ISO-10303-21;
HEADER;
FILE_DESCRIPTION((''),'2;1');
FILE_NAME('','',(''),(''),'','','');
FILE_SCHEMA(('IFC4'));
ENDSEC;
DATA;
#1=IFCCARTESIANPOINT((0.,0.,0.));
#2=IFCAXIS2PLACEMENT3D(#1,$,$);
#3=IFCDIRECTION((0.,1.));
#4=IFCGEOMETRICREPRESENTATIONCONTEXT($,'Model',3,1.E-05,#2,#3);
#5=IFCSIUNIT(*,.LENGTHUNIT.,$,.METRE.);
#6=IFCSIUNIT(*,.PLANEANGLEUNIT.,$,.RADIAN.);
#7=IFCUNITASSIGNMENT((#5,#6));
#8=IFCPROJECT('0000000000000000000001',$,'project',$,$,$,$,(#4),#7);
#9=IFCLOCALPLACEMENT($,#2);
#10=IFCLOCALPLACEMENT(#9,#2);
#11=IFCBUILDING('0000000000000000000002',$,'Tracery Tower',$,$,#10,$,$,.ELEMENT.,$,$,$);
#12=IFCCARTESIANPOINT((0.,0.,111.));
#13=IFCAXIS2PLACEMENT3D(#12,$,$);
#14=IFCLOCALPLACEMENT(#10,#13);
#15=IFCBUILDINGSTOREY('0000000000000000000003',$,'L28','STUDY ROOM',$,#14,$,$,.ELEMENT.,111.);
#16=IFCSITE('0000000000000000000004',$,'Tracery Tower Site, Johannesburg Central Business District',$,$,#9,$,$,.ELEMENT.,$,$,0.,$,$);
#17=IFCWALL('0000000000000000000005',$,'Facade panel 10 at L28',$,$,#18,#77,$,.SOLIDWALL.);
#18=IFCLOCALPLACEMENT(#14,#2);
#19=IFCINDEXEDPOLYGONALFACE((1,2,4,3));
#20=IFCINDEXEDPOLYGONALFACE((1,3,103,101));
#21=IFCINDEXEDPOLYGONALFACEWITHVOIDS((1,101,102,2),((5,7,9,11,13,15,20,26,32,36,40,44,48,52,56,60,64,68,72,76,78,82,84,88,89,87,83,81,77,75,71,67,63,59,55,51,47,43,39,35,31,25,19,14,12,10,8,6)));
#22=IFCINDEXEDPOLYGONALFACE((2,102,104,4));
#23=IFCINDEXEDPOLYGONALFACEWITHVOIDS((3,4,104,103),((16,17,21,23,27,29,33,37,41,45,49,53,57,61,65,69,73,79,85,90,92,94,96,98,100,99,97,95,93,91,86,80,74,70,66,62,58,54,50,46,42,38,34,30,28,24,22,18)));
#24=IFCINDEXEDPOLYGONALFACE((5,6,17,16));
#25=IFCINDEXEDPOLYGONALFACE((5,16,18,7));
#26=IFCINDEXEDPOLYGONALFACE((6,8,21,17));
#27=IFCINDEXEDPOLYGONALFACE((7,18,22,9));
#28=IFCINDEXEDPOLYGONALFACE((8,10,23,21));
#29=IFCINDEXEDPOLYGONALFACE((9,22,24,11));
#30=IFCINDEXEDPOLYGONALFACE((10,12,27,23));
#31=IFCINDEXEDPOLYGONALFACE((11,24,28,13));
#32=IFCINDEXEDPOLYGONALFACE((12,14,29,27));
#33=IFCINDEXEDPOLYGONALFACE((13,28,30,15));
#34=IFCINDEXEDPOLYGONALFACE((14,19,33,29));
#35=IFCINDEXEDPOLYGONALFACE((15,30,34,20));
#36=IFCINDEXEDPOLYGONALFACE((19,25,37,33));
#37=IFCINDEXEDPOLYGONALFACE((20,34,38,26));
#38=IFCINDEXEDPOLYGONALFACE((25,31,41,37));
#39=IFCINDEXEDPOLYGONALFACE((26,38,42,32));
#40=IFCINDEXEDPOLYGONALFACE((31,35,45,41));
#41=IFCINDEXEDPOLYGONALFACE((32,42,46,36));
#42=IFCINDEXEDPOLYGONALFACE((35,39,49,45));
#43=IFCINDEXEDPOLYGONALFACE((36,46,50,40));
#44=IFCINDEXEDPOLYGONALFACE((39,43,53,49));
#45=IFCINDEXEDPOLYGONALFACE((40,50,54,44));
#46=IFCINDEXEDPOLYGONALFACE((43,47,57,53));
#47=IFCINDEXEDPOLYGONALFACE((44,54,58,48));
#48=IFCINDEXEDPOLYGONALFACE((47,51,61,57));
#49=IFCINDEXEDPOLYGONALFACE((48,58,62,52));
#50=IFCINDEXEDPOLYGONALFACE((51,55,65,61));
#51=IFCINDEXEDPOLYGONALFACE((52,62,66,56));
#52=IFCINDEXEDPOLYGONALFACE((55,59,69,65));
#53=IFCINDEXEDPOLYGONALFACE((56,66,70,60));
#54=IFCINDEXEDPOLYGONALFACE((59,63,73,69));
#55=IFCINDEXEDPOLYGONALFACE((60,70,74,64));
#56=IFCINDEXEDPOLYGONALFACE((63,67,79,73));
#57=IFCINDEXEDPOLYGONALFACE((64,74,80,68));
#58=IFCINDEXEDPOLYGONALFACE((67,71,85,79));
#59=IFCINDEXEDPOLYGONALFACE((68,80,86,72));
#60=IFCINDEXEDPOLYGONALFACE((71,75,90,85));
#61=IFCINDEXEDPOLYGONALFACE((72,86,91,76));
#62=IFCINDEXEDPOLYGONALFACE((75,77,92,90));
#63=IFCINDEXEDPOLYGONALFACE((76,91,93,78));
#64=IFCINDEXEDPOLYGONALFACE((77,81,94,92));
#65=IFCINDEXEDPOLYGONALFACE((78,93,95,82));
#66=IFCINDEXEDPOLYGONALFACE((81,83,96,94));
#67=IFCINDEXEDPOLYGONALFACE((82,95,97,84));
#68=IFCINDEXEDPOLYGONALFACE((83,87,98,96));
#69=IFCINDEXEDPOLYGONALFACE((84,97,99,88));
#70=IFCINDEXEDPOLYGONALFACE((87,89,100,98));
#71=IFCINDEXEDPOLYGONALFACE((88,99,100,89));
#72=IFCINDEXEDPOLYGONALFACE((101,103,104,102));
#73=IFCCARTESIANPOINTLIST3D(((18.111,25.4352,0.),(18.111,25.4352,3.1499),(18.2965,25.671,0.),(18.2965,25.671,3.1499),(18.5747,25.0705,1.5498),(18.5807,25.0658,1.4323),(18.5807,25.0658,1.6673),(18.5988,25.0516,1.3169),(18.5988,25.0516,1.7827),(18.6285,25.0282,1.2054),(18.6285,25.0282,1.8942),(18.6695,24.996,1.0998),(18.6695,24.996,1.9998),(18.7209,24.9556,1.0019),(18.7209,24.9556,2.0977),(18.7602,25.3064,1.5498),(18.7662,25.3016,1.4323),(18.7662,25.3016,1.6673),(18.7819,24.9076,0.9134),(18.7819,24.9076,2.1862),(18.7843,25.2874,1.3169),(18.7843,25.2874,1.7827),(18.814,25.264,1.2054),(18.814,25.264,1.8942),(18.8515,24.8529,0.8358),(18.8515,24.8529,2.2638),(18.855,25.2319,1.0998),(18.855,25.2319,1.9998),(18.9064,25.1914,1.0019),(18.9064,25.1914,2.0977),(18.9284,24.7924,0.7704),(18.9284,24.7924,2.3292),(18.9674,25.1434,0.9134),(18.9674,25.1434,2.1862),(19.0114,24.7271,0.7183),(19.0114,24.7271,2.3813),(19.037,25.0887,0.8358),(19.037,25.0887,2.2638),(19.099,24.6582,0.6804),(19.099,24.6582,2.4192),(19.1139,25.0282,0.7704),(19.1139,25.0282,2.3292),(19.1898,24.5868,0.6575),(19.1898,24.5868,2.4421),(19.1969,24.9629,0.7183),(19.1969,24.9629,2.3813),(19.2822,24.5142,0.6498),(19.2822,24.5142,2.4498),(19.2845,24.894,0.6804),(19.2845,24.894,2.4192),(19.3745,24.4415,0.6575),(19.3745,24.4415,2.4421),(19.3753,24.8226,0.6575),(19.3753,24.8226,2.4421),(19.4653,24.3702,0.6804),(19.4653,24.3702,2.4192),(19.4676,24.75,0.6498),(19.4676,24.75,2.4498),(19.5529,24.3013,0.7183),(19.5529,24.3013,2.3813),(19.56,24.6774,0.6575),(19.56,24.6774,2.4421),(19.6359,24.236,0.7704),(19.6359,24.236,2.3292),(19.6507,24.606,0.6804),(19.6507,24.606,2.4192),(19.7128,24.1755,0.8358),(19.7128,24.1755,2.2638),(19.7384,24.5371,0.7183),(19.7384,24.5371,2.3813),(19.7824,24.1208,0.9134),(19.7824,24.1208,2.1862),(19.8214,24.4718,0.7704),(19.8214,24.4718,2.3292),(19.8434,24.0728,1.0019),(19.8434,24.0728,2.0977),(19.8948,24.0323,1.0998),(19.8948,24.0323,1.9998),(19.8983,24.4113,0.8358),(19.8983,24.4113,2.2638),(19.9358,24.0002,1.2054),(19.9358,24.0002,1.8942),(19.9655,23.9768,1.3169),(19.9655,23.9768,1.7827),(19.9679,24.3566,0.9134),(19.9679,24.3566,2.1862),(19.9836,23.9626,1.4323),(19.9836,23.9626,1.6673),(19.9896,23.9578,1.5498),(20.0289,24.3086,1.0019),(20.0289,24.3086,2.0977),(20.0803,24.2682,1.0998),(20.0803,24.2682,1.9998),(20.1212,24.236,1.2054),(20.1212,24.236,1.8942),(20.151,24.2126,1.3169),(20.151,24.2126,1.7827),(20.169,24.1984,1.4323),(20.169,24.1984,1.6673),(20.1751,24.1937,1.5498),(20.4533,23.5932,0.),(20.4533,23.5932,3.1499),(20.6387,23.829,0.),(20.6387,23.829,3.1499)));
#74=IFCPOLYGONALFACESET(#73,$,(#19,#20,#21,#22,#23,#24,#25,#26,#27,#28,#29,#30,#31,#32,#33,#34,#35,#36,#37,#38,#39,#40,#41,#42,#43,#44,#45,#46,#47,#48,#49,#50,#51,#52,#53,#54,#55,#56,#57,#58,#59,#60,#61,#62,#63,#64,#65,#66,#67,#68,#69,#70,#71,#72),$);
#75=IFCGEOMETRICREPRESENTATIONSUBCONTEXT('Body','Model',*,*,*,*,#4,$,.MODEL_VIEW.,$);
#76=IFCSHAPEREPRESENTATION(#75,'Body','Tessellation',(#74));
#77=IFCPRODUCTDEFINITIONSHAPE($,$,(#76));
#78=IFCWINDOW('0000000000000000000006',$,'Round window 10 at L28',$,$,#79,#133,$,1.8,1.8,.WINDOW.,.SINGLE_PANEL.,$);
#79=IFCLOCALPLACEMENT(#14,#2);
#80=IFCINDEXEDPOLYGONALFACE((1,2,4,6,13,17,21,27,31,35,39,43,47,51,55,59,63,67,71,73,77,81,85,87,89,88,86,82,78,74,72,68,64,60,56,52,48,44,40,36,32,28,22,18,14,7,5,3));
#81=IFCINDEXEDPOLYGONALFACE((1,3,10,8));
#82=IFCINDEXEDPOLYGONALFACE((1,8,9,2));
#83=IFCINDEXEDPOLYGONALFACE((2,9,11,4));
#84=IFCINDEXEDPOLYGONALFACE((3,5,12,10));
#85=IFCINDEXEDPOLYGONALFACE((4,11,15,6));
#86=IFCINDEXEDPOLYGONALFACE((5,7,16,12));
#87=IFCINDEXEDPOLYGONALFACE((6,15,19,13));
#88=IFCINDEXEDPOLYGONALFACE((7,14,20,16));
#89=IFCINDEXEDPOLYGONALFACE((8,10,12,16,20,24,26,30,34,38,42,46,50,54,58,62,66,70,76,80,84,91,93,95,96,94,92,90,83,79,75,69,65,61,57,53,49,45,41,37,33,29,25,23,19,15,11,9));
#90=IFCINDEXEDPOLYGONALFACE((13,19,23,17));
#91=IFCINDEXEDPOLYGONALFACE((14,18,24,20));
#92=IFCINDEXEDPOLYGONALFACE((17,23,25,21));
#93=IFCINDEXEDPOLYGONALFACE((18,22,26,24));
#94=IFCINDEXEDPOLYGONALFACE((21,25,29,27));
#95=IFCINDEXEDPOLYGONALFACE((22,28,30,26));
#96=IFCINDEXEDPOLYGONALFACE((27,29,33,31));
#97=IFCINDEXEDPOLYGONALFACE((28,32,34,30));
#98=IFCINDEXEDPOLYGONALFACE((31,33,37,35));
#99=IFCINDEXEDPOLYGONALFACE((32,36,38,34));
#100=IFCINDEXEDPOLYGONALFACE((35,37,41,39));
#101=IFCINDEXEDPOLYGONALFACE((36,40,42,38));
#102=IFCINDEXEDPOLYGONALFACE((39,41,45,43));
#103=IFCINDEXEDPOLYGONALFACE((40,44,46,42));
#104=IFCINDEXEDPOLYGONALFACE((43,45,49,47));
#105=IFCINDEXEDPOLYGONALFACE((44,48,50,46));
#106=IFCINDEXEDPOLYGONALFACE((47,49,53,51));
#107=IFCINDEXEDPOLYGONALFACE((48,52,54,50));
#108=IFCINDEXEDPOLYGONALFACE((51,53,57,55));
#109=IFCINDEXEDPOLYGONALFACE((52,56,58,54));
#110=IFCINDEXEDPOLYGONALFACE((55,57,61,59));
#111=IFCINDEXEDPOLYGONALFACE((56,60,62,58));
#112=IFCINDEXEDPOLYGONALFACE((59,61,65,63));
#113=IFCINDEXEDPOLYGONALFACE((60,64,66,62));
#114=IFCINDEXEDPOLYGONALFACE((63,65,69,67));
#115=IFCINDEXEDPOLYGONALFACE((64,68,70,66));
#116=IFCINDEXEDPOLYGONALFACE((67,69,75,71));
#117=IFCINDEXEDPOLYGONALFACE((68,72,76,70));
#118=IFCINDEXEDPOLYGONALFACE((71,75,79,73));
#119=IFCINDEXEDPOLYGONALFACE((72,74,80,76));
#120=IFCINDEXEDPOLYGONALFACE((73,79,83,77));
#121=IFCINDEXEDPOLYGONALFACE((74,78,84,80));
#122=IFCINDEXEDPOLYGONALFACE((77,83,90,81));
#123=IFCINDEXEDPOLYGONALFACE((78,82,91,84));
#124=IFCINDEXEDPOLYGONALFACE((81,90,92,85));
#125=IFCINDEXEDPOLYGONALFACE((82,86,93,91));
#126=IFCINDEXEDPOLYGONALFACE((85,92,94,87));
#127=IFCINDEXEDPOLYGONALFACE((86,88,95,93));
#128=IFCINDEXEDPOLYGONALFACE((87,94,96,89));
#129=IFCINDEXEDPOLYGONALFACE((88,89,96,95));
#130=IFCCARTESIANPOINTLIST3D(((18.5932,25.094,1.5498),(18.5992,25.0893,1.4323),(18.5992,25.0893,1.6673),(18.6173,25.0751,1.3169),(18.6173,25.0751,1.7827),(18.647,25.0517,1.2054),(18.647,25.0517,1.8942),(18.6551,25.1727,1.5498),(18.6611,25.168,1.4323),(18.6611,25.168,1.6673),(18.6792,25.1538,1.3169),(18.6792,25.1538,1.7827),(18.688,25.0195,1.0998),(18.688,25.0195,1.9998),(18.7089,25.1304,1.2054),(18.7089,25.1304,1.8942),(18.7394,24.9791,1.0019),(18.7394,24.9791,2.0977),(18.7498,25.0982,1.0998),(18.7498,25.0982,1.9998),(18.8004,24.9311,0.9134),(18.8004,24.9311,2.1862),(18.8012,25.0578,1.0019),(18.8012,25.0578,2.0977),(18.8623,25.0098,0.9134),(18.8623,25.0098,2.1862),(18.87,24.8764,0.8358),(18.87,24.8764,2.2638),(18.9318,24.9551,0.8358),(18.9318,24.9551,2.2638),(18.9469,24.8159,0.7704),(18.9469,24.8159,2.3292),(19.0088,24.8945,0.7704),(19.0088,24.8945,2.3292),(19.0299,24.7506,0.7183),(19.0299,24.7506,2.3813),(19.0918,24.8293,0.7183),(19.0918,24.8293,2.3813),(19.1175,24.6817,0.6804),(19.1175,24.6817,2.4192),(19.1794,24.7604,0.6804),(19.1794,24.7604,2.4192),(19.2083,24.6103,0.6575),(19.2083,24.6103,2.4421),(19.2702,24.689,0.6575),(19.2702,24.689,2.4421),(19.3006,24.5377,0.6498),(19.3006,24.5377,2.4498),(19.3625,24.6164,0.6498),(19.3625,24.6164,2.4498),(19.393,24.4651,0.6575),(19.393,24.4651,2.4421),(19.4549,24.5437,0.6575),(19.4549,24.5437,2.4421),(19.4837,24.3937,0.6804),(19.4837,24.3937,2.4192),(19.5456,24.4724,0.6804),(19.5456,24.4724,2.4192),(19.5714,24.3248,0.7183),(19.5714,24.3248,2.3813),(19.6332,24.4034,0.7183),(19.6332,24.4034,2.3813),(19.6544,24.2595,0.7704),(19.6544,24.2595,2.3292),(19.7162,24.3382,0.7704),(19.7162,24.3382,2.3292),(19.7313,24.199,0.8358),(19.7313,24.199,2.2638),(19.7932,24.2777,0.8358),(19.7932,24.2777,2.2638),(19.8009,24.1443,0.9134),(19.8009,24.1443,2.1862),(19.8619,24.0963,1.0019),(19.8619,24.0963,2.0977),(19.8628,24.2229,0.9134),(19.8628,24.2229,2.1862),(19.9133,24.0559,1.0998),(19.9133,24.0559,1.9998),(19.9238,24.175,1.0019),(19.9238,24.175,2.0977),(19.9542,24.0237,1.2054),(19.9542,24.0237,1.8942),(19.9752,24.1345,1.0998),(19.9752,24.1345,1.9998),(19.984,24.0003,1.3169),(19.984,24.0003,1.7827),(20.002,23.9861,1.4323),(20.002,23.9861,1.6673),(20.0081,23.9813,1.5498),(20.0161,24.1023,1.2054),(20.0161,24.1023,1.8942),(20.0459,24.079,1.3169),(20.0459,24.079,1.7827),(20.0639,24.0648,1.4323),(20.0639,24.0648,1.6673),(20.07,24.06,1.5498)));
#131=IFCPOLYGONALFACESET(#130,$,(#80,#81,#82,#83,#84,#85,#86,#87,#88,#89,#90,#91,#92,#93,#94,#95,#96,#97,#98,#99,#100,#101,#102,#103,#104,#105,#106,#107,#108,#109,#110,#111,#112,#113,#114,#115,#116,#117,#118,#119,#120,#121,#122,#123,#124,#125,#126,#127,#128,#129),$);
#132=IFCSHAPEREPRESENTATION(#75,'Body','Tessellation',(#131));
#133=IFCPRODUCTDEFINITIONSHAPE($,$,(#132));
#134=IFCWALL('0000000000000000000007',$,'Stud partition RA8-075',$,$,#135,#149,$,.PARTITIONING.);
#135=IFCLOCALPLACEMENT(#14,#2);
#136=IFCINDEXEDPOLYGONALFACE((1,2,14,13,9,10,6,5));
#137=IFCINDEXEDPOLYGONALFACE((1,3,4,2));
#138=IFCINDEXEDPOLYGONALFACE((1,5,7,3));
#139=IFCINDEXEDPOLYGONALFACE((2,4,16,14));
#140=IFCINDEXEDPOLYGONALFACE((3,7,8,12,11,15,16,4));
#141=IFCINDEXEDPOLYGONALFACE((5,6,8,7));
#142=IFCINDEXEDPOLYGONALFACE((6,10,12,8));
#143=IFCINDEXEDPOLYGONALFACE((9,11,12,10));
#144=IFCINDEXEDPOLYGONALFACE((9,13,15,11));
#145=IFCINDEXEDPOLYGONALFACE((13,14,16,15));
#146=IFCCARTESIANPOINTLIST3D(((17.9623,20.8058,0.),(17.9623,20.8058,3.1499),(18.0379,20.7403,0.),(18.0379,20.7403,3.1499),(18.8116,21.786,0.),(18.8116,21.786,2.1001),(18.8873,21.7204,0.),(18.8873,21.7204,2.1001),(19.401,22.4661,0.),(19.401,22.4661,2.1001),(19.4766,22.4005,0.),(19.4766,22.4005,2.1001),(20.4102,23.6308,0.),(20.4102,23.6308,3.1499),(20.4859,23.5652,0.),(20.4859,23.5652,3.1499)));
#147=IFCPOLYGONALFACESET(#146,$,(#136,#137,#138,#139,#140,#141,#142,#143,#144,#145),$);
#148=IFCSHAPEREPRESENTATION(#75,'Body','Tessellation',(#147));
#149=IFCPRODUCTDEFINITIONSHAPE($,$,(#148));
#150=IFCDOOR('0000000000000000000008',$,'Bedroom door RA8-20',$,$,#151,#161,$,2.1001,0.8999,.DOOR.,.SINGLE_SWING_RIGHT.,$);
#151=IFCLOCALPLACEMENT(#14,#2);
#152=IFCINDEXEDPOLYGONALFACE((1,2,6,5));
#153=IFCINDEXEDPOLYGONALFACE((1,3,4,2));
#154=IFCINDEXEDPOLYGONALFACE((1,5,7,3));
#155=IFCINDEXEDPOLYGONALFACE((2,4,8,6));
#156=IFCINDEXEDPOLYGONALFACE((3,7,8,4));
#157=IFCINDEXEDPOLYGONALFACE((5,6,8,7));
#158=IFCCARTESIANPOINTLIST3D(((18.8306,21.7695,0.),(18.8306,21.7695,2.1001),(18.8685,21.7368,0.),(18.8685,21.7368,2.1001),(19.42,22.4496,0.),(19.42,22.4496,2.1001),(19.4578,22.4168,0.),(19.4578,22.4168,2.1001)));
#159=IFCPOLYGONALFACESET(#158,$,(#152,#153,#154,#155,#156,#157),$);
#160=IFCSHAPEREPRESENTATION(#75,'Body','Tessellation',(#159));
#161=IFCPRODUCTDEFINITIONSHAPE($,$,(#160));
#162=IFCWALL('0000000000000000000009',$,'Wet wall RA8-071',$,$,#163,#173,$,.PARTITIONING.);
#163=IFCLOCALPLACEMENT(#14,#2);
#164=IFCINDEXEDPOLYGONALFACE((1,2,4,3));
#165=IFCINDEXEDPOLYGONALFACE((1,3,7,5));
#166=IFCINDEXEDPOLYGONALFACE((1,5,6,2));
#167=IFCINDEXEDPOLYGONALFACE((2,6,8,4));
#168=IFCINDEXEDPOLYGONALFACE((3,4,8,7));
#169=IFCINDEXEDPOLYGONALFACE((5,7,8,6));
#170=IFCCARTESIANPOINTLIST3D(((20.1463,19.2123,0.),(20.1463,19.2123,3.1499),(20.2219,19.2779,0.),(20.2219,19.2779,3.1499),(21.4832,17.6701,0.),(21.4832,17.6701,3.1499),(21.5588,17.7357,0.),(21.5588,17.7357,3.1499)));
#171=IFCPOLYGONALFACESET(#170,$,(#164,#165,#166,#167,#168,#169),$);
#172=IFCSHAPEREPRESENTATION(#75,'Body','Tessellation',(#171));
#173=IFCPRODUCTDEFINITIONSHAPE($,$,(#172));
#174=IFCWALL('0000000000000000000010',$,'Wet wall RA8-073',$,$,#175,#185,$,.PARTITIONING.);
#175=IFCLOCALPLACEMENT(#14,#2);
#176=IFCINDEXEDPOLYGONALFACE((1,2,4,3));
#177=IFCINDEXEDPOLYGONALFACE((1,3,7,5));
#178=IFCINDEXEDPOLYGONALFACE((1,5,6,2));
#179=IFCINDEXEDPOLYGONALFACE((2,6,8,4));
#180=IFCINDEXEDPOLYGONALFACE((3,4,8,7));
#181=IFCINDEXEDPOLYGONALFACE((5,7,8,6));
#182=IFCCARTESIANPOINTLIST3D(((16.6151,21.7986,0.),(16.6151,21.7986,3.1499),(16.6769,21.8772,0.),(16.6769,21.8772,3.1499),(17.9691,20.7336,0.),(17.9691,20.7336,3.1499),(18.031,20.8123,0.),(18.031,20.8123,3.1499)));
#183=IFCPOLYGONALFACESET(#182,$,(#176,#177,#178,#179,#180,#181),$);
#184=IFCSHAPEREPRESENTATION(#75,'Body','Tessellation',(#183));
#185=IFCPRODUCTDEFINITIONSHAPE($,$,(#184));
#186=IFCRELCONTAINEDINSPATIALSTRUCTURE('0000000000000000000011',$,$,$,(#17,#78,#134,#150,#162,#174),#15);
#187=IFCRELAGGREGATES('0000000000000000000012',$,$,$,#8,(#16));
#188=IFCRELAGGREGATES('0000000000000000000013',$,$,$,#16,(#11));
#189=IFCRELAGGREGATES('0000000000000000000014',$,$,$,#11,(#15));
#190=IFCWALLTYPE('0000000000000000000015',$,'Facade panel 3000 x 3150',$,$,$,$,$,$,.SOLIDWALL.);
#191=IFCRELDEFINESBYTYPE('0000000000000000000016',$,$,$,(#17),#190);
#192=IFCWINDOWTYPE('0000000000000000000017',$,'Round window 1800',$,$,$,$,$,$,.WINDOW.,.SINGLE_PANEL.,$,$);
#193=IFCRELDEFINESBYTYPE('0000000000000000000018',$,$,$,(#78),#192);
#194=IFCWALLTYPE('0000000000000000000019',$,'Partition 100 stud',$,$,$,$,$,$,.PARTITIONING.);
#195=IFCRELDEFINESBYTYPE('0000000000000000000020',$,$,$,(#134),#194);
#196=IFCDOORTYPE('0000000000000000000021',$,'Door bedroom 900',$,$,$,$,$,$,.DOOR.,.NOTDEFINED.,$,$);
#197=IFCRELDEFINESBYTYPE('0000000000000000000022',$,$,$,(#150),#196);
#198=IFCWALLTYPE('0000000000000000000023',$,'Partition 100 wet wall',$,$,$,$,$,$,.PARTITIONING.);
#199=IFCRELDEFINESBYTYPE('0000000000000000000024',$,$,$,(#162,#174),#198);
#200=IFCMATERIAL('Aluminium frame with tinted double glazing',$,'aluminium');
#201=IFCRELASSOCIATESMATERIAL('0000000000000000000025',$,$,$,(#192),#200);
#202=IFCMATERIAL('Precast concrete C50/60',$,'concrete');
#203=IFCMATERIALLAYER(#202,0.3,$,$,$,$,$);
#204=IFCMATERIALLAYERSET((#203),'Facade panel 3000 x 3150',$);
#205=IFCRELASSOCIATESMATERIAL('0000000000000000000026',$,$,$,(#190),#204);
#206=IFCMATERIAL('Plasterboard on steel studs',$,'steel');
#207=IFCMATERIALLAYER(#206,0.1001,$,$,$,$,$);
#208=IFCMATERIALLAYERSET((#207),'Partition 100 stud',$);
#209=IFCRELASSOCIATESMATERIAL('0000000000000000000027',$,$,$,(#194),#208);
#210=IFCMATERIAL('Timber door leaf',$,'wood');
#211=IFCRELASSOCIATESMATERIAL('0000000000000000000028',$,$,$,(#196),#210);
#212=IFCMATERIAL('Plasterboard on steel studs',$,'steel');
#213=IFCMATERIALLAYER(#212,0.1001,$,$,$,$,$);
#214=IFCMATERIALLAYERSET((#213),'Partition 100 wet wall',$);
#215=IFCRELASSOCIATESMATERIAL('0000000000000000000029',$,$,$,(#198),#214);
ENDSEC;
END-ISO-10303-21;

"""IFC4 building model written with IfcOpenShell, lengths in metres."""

from ifc_helpers import new_model, si_unit, direction, frame, frame_2d, origin, origin_2d, place, context, subcontext, project, spatial, rectangle, circle, extrude, material, layer, layer_set, type_object, element, fill, save


model = new_model("IFC4")

# Units and contexts
model_context = context("Model", 3, precision=1e-05, world=origin(), true_north=direction((0.0, 1.0)))
body_context = subcontext(model_context, "Body", "Model", "MODEL_VIEW")
ifc_project = project(units=[si_unit("LENGTHUNIT", "METRE"), si_unit("PLANEANGLEUNIT", "RADIAN")], contexts=[model_context])

# Site, building, storey
site_placement = place(None, origin())
site = spatial("IfcSite", under=ifc_project, at=site_placement, Name="Tracery Tower Site, Johannesburg Central Business District", CompositionType="ELEMENT", RefElevation=0.0)
building_placement = place(site_placement, origin())
building = spatial("IfcBuilding", under=site, at=building_placement, Name="Tracery Tower", CompositionType="ELEMENT")
storey_placement = place(building_placement, frame((0.0, 0.0, 111.0)))
storey = spatial("IfcBuildingStorey", under=building, at=storey_placement, Name="L28", Description="STUDY ROOM", CompositionType="ELEMENT", Elevation=111.0)

# Wall, opening, window
ifc_material_1 = material(Name="Aluminium frame with tinted double glazing", Category="aluminium")
window_type = type_object("IfcWindowType", Name="Round window 1800", PartitioningType="SINGLE_PANEL", PredefinedType="WINDOW", material=ifc_material_1)
ifc_material_2 = material(Name="Precast concrete C50/60", Category="concrete")
ifc_layer_1 = layer(ifc_material_2, 0.3)
ifc_layer_set_1 = layer_set([ifc_layer_1], Name="Facade panel 3000 x 3150")
wall_type_1 = type_object("IfcWallType", Name="Facade panel 3000 x 3150", PredefinedType="SOLIDWALL", material=ifc_layer_set_1)
wall_1_placement = place(storey_placement, frame((20.5459, 23.7112, 0.0), z_axis=(0.0, 0.0, 1.0), x_axis=(-0.786045, 0.618169, 0.0)))
wall_1 = element("IfcWall", 1, at=wall_1_placement, inside=storey, type_object=wall_type_1, Name="Facade panel 10 at L28", PredefinedType="SOLIDWALL", context=body_context, shape_type="SweptSolid", body=[
    extrude(rectangle(XDim=2.9797, YDim=0.3, at=frame_2d((1.4897, 0.0))), origin(), (0.0, 0.0, 1.0), 3.1499),
])
opening_1_placement = place(wall_1_placement, frame((1.4897, 0.0, 1.5498)))
opening_1 = element("IfcOpeningElement", 2, at=opening_1_placement, cuts=wall_1, PredefinedType="OPENING", context=body_context, shape_type="SweptSolid", body=[
    extrude(circle(Radius=0.9, at=origin_2d()), frame((0.0, 0.1599, 0.0), z_axis=(0.0, -1.0, 0.0), x_axis=(1.0, 0.0, 0.0)), (0.0, 0.0, 1.0), 0.3201),
])
window_1_placement = place(opening_1_placement, origin())
window_1 = element("IfcWindow", 3, at=window_1_placement, inside=storey, type_object=window_type, Name="Round window 10 at L28", OverallHeight=1.8, OverallWidth=1.8, PartitioningType="SINGLE_PANEL", PredefinedType="WINDOW", context=body_context, shape_type="SweptSolid", body=[
    extrude(circle(Radius=0.9, at=origin_2d()), frame((0.0, 0.1201, 0.0), z_axis=(0.0, -1.0, 0.0), x_axis=(1.0, 0.0, 0.0)), (0.0, 0.0, 1.0), 0.1001),
])
fill(opening_1, window_1)

# Wall, opening, door
ifc_material_3 = material(Name="Plasterboard on steel studs", Category="steel")
ifc_layer_2 = layer(ifc_material_3, 0.1001)
ifc_layer_set_2 = layer_set([ifc_layer_2], Name="Partition 100 stud")
wall_type_2 = type_object("IfcWallType", Name="Partition 100 stud", PredefinedType="PARTITIONING", material=ifc_layer_set_2)
wall_2_placement = place(storey_placement, frame((18.0, 20.7729, 0.0), z_axis=(0.0, 0.0, 1.0), x_axis=(0.654886, 0.755728, 0.0)))
wall_2 = element("IfcWall", 4, at=wall_2_placement, inside=storey, type_object=wall_type_2, Name="Stud partition RA8-075", PredefinedType="PARTITIONING", context=body_context, shape_type="SweptSolid", body=[
    extrude(rectangle(XDim=3.738, YDim=0.1001, at=frame_2d((1.8691, 0.0))), origin(), (0.0, 0.0, 1.0), 3.1499),
])
opening_2_placement = place(wall_2_placement, frame((1.2971, 0.0, 0.0)))
opening_2 = element("IfcOpeningElement", 5, at=opening_2_placement, cuts=wall_2, PredefinedType="OPENING", context=body_context, shape_type="SweptSolid", body=[
    extrude(rectangle(XDim=0.8999, YDim=2.1001, at=frame_2d((0.45, 1.05))), frame((0.0, 0.05, 0.0), z_axis=(0.0, -1.0, 0.0), x_axis=(1.0, 0.0, 0.0)), (0.0, 0.0, 1.0), 0.1001),
])
ifc_material_4 = material(Name="Timber door leaf", Category="wood")
door_type = type_object("IfcDoorType", Name="Door bedroom 900", OperationType="NOTDEFINED", PredefinedType="DOOR", material=ifc_material_4)
door_placement = place(opening_2_placement, origin())
door = element("IfcDoor", 6, at=door_placement, inside=storey, type_object=door_type, Name="Bedroom door RA8-20", OperationType="SINGLE_SWING_RIGHT", OverallHeight=2.1001, OverallWidth=0.8999, PredefinedType="DOOR", context=body_context, shape_type="SweptSolid", body=[
    extrude(rectangle(XDim=0.8999, YDim=2.1001, at=frame_2d((0.45, 1.05))), frame((0.0, 0.0249, 0.0), z_axis=(0.0, -1.0, 0.0), x_axis=(1.0, 0.0, 0.0)), (0.0, 0.0, 1.0), 0.05),
])
fill(opening_2, door)

# Walls
ifc_material_5 = material(Name="Plasterboard on steel studs", Category="steel")
ifc_layer_3 = layer(ifc_material_5, 0.1001)
ifc_layer_set_3 = layer_set([ifc_layer_3], Name="Partition 100 wet wall")
wall_type_3 = type_object("IfcWallType", Name="Partition 100 wet wall", PredefinedType="PARTITIONING", material=ifc_layer_set_3)
wall_3_placement = place(storey_placement, frame((20.1841, 19.2451, 0.0), z_axis=(0.0, 0.0, 1.0), x_axis=(0.655017, -0.755614, 0.0)))
element("IfcWall", 7, at=wall_3_placement, inside=storey, type_object=wall_type_3, Name="Wet wall RA8-071", PredefinedType="PARTITIONING", context=body_context, shape_type="SweptSolid", body=[
    extrude(rectangle(XDim=2.041, YDim=0.1001, at=frame_2d((1.0205, 0.0))), origin(), (0.0, 0.0, 1.0), 3.1499),
])
wall_4_placement = place(storey_placement, frame((16.646, 21.8379, 0.0), z_axis=(0.0, 0.0, 1.0), x_axis=(0.786013, -0.61821, 0.0)))
element("IfcWall", 8, at=wall_4_placement, inside=storey, type_object=wall_type_3, Name="Wet wall RA8-073", PredefinedType="PARTITIONING", context=body_context, shape_type="SweptSolid", body=[
    extrude(rectangle(XDim=1.7227, YDim=0.1001, at=frame_2d((0.8613, 0.0))), origin(), (0.0, 0.0, 1.0), 3.1499),
])

save(model, "model.ifc")
